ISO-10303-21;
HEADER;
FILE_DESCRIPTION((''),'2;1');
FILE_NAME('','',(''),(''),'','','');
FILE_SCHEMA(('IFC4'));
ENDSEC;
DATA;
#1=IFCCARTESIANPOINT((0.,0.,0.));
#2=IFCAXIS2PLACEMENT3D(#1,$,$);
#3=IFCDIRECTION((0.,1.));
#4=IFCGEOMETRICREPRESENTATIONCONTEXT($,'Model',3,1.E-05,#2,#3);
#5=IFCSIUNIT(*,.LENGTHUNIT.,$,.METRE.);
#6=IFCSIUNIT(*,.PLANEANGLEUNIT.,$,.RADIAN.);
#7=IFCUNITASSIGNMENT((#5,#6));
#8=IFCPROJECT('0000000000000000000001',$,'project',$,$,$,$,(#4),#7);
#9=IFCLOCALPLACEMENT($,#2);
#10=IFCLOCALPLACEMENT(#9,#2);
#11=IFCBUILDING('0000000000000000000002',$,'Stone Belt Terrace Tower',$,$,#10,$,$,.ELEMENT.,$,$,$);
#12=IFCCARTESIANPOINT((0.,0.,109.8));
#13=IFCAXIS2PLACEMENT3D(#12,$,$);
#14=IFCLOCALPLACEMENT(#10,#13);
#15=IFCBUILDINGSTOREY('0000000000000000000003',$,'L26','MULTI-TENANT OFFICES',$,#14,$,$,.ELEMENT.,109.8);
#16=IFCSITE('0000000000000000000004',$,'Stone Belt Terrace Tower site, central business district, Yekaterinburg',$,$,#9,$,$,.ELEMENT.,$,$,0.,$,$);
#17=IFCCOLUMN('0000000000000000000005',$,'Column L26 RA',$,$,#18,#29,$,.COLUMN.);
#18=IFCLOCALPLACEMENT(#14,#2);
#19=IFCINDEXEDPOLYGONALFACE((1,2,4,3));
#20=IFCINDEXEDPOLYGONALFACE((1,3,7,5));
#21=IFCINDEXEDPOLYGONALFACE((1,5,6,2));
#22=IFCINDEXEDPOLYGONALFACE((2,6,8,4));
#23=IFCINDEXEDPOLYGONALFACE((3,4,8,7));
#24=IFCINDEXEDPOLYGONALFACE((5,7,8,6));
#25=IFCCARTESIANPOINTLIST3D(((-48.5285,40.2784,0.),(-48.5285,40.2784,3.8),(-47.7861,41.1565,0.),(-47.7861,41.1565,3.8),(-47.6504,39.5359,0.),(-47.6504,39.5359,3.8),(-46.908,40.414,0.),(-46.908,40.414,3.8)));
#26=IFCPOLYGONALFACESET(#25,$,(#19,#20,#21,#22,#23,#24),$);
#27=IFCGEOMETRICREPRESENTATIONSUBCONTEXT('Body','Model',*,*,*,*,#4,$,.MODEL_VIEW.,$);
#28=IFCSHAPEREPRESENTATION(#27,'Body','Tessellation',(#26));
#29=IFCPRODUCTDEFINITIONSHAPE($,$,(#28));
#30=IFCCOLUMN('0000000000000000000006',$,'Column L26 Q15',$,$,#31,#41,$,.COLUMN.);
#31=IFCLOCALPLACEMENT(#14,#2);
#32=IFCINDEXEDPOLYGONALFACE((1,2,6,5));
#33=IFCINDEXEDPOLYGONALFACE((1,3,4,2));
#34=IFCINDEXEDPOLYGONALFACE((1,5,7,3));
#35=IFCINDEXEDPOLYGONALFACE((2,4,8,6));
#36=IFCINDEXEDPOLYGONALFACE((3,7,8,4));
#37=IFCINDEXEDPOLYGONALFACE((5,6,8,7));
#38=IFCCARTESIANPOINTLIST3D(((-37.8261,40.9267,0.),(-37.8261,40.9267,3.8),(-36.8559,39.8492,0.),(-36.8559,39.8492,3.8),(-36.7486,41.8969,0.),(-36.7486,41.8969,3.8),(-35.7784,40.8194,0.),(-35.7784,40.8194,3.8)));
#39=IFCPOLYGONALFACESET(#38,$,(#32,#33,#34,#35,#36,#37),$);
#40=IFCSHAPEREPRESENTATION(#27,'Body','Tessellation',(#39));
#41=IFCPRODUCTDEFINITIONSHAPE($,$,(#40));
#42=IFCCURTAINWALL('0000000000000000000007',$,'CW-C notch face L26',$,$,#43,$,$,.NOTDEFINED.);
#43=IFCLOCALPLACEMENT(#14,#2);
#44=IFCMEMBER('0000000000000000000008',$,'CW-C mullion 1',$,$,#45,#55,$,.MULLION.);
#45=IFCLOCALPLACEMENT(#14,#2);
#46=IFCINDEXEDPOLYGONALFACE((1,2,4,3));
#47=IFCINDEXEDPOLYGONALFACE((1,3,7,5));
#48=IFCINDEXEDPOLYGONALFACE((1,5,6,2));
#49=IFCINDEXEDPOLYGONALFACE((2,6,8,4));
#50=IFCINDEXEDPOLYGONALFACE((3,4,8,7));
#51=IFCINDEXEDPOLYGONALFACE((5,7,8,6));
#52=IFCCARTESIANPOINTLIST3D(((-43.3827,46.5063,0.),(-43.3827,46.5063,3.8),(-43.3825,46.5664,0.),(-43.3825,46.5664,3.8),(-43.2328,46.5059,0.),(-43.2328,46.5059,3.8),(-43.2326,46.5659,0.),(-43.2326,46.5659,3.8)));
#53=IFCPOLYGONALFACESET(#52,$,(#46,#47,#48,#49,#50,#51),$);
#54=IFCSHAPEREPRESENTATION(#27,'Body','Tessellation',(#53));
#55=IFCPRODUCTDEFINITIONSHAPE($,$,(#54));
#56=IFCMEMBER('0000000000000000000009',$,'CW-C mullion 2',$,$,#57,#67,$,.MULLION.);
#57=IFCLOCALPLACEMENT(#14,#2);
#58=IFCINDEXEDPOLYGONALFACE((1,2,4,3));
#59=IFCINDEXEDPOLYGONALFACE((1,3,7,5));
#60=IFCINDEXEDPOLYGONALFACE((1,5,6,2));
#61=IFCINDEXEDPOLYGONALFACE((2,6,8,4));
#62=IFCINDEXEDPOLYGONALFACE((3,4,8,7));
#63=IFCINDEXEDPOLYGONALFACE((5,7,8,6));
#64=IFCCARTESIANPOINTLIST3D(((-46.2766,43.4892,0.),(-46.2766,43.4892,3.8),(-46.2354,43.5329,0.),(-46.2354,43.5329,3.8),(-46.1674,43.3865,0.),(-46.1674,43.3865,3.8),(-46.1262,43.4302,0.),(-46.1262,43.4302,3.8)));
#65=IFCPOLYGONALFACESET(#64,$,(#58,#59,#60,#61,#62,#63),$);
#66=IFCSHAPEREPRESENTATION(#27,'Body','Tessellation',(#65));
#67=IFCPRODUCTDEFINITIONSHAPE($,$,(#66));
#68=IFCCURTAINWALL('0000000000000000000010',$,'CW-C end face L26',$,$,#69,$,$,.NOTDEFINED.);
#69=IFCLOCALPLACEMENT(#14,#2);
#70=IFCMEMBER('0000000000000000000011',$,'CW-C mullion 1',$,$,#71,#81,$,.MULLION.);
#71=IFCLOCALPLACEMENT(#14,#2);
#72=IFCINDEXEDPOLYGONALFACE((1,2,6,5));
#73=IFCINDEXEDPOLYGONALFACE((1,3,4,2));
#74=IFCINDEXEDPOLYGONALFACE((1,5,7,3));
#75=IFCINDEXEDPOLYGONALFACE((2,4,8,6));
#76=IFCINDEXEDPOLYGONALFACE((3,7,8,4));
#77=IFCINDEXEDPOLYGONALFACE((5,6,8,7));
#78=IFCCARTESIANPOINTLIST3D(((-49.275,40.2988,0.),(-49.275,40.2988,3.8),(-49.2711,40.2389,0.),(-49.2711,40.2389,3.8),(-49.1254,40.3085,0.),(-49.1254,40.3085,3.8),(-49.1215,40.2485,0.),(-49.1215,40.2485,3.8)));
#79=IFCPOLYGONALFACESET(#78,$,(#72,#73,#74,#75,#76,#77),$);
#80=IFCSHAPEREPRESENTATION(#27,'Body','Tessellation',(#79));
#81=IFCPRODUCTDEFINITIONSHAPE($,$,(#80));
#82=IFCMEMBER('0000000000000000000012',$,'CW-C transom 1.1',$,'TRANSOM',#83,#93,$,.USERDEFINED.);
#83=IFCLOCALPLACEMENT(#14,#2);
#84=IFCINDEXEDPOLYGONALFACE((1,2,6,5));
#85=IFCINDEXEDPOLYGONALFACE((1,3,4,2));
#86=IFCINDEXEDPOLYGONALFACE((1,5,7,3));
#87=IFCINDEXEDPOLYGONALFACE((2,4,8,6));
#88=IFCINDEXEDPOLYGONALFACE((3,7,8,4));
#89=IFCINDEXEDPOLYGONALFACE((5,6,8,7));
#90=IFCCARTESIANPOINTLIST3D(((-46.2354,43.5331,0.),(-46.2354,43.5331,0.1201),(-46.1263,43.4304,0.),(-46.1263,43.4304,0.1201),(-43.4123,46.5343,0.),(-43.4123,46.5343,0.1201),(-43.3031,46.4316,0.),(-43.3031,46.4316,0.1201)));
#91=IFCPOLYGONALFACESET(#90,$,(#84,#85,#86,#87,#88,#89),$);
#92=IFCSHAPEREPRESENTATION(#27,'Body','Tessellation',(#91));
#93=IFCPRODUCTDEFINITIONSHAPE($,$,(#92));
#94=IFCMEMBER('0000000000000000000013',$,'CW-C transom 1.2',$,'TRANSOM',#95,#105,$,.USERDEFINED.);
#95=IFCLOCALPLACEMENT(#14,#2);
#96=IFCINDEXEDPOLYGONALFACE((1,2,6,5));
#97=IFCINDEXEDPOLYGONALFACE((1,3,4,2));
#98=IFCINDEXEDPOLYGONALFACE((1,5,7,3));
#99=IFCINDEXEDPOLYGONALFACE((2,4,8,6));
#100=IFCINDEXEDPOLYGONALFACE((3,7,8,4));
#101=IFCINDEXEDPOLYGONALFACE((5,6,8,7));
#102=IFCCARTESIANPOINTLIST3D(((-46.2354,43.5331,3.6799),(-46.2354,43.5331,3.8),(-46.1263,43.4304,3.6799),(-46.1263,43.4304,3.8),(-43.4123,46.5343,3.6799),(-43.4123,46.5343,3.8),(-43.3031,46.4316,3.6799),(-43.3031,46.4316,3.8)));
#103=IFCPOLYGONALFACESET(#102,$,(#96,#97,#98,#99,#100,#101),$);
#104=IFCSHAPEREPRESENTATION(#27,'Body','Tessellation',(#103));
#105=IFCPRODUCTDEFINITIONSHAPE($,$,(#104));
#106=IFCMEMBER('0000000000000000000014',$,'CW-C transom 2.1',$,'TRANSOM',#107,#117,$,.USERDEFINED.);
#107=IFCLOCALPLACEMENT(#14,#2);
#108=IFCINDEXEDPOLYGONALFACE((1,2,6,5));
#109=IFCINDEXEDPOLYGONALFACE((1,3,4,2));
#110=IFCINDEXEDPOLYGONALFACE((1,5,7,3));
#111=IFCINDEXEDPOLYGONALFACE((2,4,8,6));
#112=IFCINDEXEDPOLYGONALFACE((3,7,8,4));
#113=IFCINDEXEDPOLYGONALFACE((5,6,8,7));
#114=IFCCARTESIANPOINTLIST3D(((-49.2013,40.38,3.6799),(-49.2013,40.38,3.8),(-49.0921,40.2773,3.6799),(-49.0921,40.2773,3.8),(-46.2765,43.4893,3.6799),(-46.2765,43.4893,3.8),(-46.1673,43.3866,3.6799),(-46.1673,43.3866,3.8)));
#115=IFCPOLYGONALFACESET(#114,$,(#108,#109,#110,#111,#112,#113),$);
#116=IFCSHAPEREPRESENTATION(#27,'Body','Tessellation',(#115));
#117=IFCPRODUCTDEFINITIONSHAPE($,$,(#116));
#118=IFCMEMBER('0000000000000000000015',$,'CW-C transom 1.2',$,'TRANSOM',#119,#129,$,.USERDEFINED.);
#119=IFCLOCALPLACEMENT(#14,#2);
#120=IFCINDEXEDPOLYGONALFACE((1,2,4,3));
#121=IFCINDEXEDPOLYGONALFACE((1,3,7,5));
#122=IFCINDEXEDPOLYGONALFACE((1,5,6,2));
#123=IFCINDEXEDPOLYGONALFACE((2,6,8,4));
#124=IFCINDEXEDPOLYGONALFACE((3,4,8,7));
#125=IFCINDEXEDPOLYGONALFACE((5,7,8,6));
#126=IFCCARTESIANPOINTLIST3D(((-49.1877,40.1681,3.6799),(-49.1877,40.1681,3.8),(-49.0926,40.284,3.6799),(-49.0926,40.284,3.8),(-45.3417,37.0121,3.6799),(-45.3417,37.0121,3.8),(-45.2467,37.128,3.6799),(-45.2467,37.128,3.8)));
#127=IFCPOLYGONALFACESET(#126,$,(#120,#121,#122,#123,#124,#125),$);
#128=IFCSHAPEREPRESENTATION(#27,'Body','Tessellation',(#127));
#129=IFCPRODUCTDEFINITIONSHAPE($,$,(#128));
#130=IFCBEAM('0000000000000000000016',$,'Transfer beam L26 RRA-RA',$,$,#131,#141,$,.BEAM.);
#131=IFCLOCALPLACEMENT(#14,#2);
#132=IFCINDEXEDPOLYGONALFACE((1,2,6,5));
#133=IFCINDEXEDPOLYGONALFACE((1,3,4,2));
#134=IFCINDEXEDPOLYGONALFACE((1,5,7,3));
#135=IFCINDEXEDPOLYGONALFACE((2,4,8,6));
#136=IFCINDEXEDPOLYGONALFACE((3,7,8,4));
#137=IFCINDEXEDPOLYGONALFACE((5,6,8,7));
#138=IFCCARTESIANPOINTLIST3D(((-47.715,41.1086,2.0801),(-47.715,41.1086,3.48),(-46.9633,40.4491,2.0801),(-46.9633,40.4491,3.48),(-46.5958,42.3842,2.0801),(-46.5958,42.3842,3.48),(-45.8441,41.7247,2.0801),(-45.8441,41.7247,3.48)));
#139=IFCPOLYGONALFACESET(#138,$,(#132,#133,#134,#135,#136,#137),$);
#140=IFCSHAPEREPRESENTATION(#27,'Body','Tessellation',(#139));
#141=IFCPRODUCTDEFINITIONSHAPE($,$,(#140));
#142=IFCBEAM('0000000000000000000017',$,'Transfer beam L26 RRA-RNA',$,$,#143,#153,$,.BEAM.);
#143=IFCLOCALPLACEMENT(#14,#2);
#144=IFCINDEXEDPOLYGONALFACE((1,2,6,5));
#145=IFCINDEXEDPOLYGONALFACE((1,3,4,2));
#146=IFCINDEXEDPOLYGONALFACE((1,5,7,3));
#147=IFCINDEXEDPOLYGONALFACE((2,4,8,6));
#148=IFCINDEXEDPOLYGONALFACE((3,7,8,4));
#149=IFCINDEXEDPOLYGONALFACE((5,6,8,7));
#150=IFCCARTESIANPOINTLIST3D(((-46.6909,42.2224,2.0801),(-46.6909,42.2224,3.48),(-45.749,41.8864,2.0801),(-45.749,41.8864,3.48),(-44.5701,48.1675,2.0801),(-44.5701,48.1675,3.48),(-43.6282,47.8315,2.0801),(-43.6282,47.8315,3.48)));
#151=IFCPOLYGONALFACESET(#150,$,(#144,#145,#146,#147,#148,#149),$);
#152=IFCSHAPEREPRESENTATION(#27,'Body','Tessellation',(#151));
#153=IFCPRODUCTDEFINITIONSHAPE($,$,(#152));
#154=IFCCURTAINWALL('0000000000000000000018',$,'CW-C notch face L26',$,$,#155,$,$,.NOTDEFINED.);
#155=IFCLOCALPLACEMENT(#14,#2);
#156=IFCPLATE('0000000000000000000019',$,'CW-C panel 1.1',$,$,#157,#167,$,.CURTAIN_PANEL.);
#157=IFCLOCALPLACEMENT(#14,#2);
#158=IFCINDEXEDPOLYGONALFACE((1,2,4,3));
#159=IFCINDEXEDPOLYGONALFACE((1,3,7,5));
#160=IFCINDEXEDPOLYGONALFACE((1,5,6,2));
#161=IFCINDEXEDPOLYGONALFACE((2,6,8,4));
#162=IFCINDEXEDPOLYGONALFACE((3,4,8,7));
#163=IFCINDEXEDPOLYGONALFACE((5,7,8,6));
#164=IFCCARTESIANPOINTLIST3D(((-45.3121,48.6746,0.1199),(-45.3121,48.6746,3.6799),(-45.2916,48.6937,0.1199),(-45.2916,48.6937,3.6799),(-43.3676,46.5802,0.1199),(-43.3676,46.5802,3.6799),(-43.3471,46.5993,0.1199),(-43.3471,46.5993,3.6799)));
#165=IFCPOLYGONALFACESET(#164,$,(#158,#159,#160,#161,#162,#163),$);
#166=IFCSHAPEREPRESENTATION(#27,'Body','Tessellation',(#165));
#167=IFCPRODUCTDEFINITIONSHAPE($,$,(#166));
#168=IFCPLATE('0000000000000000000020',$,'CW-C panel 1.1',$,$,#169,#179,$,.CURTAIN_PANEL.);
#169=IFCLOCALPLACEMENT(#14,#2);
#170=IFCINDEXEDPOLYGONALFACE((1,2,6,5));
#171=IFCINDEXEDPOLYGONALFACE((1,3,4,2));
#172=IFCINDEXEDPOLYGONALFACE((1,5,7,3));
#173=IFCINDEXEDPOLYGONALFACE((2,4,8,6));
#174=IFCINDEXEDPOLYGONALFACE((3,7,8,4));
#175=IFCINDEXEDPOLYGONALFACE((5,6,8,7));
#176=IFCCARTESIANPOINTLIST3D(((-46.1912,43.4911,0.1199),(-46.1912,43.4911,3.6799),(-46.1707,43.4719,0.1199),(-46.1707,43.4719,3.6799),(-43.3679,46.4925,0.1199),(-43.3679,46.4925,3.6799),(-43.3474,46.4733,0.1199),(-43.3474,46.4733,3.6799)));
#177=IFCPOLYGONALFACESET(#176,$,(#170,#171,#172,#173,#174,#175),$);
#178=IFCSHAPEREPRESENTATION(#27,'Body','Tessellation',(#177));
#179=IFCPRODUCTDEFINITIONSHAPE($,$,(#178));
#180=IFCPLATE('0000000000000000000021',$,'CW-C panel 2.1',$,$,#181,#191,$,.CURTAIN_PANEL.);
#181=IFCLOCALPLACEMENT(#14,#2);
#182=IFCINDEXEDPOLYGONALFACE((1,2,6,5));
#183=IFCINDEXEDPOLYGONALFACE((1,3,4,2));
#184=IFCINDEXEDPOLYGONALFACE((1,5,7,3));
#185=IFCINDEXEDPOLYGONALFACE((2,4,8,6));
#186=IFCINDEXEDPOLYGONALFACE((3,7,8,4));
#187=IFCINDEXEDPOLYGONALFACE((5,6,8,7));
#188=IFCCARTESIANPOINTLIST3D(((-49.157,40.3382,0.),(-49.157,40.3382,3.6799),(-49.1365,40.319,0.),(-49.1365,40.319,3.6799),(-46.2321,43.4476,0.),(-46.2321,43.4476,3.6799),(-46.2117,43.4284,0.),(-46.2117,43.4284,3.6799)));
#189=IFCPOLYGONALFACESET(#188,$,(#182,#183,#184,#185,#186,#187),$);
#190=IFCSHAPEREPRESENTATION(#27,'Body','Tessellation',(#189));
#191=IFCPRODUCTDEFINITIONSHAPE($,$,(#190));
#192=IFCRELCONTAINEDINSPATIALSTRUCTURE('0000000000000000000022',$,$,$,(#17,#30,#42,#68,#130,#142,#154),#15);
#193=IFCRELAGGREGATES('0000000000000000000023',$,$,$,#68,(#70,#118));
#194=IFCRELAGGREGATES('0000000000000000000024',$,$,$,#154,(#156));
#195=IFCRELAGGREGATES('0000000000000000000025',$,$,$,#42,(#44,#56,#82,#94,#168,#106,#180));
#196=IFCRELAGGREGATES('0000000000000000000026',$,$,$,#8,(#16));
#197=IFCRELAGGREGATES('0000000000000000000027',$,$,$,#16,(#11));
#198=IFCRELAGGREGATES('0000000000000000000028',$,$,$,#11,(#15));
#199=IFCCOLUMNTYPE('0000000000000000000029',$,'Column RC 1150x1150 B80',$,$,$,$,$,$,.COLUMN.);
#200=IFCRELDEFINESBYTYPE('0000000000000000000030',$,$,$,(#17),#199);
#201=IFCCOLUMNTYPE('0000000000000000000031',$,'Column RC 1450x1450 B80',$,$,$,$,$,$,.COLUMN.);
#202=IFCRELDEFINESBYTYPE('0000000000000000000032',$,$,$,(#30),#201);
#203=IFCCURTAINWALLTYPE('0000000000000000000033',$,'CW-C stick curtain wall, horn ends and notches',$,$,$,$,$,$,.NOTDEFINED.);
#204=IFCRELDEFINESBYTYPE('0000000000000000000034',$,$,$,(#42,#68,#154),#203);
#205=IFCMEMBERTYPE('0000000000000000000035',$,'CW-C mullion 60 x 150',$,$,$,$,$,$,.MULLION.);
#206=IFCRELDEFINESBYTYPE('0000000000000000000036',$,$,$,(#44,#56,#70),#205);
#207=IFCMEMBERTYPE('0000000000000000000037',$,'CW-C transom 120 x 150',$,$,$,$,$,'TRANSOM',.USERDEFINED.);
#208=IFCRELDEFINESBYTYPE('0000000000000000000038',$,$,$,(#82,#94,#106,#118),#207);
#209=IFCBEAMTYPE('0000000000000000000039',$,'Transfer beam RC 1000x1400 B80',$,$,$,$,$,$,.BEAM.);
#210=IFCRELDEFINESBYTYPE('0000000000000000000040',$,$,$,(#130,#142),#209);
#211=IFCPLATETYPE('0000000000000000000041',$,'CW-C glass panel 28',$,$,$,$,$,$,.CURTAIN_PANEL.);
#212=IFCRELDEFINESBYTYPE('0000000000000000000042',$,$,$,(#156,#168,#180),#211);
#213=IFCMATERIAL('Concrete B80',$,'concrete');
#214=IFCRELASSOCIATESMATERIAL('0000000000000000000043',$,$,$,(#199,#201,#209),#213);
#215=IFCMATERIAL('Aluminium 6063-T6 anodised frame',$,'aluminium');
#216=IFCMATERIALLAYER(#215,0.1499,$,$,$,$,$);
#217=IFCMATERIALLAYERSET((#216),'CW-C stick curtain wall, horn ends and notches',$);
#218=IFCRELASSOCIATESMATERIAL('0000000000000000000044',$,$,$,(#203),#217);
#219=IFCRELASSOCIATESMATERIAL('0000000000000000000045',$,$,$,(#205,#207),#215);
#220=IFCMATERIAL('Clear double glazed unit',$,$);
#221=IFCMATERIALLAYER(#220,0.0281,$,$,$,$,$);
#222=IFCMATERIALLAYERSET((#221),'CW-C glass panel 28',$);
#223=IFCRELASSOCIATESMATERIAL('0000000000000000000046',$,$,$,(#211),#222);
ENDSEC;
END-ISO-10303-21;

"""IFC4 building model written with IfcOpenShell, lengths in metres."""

from ifc_helpers import new_model, si_unit, direction, frame, origin, origin_2d, place, context, subcontext, project, spatial, rectangle, extrude, material, layer, layer_set, material_profile, profile_set, type_object, element, aggregate, save


model = new_model("IFC4")

# Units and contexts
model_context = context("Model", 3, precision=1e-05, world=origin(), true_north=direction((0.0, 1.0)))
body_context = subcontext(model_context, "Body", "Model", "MODEL_VIEW")
ifc_project = project(units=[si_unit("LENGTHUNIT", "METRE"), si_unit("PLANEANGLEUNIT", "RADIAN")], contexts=[model_context])

# Site, building, storey
site_placement = place(None, origin())
site = spatial("IfcSite", under=ifc_project, at=site_placement, Name="Stone Belt Terrace Tower site, central business district, Yekaterinburg", CompositionType="ELEMENT", RefElevation=0.0)
building_placement = place(site_placement, origin())
building = spatial("IfcBuilding", under=site, at=building_placement, Name="Stone Belt Terrace Tower", CompositionType="ELEMENT")
storey_placement = place(building_placement, frame((0.0, 0.0, 109.8)))
storey = spatial("IfcBuildingStorey", under=building, at=storey_placement, Name="L26", Description="MULTI-TENANT OFFICES", CompositionType="ELEMENT", Elevation=109.8)

# Columns
ifc_material_1 = material(Name="Concrete B80", Category="concrete")
ifc_material_profile_1 = material_profile(ifc_material_1, rectangle(XDim=1.1499, YDim=1.1499, at=origin_2d()), Name="RC 1150x1150")
ifc_profile_set_1 = profile_set([ifc_material_profile_1], Name="Concrete B80")
column_type_1 = type_object("IfcColumnType", Name="Column RC 1150x1150 B80", PredefinedType="COLUMN", material=ifc_profile_set_1)
column_1_placement = place(storey_placement, frame((-47.7183, 40.3462, 0.0), z_axis=(0.0, 0.0, 1.0), x_axis=(0.645656, 0.763628, 0.0)))
element("IfcColumn", 1, at=column_1_placement, inside=storey, type_object=column_type_1, Name="Column L26 RA", PredefinedType="COLUMN", context=body_context, shape_type="SweptSolid", body=[
    extrude(rectangle(XDim=1.1499, YDim=1.1499, at=origin_2d()), origin(), (0.0, 0.0, 1.0), 3.8),
])
ifc_material_profile_2 = material_profile(ifc_material_1, rectangle(XDim=1.45, YDim=1.45, at=origin_2d()), Name="RC 1450x1450")
ifc_profile_set_2 = profile_set([ifc_material_profile_2], Name="Concrete B80")
column_type_2 = type_object("IfcColumnType", Name="Column RC 1450x1450 B80", PredefinedType="COLUMN", material=ifc_profile_set_2)
column_2_placement = place(storey_placement, frame((-36.8022, 40.873, 0.0), z_axis=(0.0, 0.0, 1.0), x_axis=(0.743145, 0.669131, 0.0)))
element("IfcColumn", 2, at=column_2_placement, inside=storey, type_object=column_type_2, Name="Column L26 Q15", PredefinedType="COLUMN", context=body_context, shape_type="SweptSolid", body=[
    extrude(rectangle(XDim=1.45, YDim=1.45, at=origin_2d()), origin(), (0.0, 0.0, 1.0), 3.8),
])

# Curtain wall, members
ifc_material_2 = material(Name="Aluminium 6063-T6 anodised frame", Category="aluminium")
ifc_layer_1 = layer(ifc_material_2, 0.1499)
ifc_layer_set_1 = layer_set([ifc_layer_1], Name="CW-C stick curtain wall, horn ends and notches")
curtain_wall_type = type_object("IfcCurtainWallType", Name="CW-C stick curtain wall, horn ends and notches", PredefinedType="NOTDEFINED", material=ifc_layer_set_1)
curtain_wall_1_placement = place(storey_placement, origin())
curtain_wall_1 = element("IfcCurtainWall", 3, at=curtain_wall_1_placement, inside=storey, type_object=curtain_wall_type, Name="CW-C notch face L26", PredefinedType="NOTDEFINED")
ifc_material_profile_3 = material_profile(ifc_material_2, rectangle(XDim=0.1499, YDim=0.0601, at=origin_2d()), Name="Aluminium 6063-T6 60x150")
ifc_profile_set_3 = profile_set([ifc_material_profile_3], Name="Aluminium 6063-T6 anodised frame")
member_type_1 = type_object("IfcMemberType", Name="CW-C mullion 60 x 150", PredefinedType="MULLION", material=ifc_profile_set_3)
member_1_placement = place(storey_placement, frame((-43.3076, 46.5361, 0.0), z_axis=(0.0, 0.0, 1.0), x_axis=(0.999995, -0.003266, 0.0)))
member_1 = element("IfcMember", 4, at=member_1_placement, type_object=member_type_1, Name="CW-C mullion 1", PredefinedType="MULLION", context=body_context, shape_type="SweptSolid", body=[
    extrude(rectangle(XDim=0.1499, YDim=0.0601, at=origin_2d()), origin(), (0.0, 0.0, 1.0), 3.8),
])
member_2_placement = place(storey_placement, frame((-46.2014, 43.4597, 0.0), z_axis=(0.0, 0.0, 1.0), x_axis=(0.728389, -0.685164, 0.0)))
member_2 = element("IfcMember", 5, at=member_2_placement, type_object=member_type_1, Name="CW-C mullion 2", PredefinedType="MULLION", context=body_context, shape_type="SweptSolid", body=[
    extrude(rectangle(XDim=0.1499, YDim=0.0601, at=origin_2d()), origin(), (0.0, 0.0, 1.0), 3.8),
])

# Curtain wall, member
curtain_wall_2_placement = place(storey_placement, origin())
curtain_wall_2 = element("IfcCurtainWall", 6, at=curtain_wall_2_placement, inside=storey, type_object=curtain_wall_type, Name="CW-C end face L26", PredefinedType="NOTDEFINED")
member_3_placement = place(storey_placement, frame((-49.1982, 40.2737, 0.0), z_axis=(0.0, 0.0, 1.0), x_axis=(0.997927, 0.064359, 0.0)))
member_3 = element("IfcMember", 7, at=member_3_placement, type_object=member_type_1, Name="CW-C mullion 1", PredefinedType="MULLION", context=body_context, shape_type="SweptSolid", body=[
    extrude(rectangle(XDim=0.1499, YDim=0.0601, at=origin_2d()), origin(), (0.0, 0.0, 1.0), 3.8),
])

# Members
ifc_material_profile_4 = material_profile(ifc_material_2, rectangle(XDim=0.1499, YDim=0.1201, at=origin_2d()), Name="Aluminium 6063-T6 150x120")
ifc_profile_set_4 = profile_set([ifc_material_profile_4], Name="Aluminium 6063-T6 anodised frame")
member_type_2 = type_object("IfcMemberType", Name="CW-C transom 120 x 150", ElementType="TRANSOM", PredefinedType="USERDEFINED", material=ifc_profile_set_4)
member_4_placement = place(storey_placement, frame((-43.3577, 46.4829, 0.0601), z_axis=(-0.68518, -0.728374, 0.0), x_axis=(0.728374, -0.68518, 0.0)))
member_4 = element("IfcMember", 8, at=member_4_placement, type_object=member_type_2, Name="CW-C transom 1.1", ObjectType="TRANSOM", PredefinedType="USERDEFINED", context=body_context, shape_type="SweptSolid", body=[
    extrude(rectangle(XDim=0.1499, YDim=0.1201, at=origin_2d()), origin(), (0.0, 0.0, 1.0), 4.1204),
])
member_5_placement = place(storey_placement, frame((-43.3577, 46.4829, 3.74), z_axis=(-0.68518, -0.728374, 0.0), x_axis=(0.728374, -0.68518, 0.0)))
member_5 = element("IfcMember", 9, at=member_5_placement, type_object=member_type_2, Name="CW-C transom 1.2", ObjectType="TRANSOM", PredefinedType="USERDEFINED", context=body_context, shape_type="SweptSolid", body=[
    extrude(rectangle(XDim=0.1499, YDim=0.1201, at=origin_2d()), origin(), (0.0, 0.0, 1.0), 4.1204),
])
member_6_placement = place(storey_placement, frame((-46.2219, 43.438, 3.74), z_axis=(-0.685158, -0.728395, 0.0), x_axis=(0.728395, -0.685158, 0.0)))
member_6 = element("IfcMember", 10, at=member_6_placement, type_object=member_type_2, Name="CW-C transom 2.1", ObjectType="TRANSOM", PredefinedType="USERDEFINED", context=body_context, shape_type="SweptSolid", body=[
    extrude(rectangle(XDim=0.1499, YDim=0.1201, at=origin_2d()), origin(), (0.0, 0.0, 1.0), 4.2688),
])
member_7_placement = place(storey_placement, frame((-49.1401, 40.2261, 3.74), z_axis=(0.773038, -0.634359, 0.0), x_axis=(0.634359, 0.773038, 0.0)))
member_7 = element("IfcMember", 11, at=member_7_placement, type_object=member_type_2, Name="CW-C transom 1.2", ObjectType="TRANSOM", PredefinedType="USERDEFINED", context=body_context, shape_type="SweptSolid", body=[
    extrude(rectangle(XDim=0.1499, YDim=0.1201, at=origin_2d()), origin(), (0.0, 0.0, 1.0), 4.9751),
])
aggregate(curtain_wall_2, [member_3, member_7])

# Beams
ifc_material_profile_5 = material_profile(ifc_material_1, rectangle(XDim=1.0, YDim=1.3999, at=origin_2d()), Name="RC 1000x1400")
ifc_profile_set_5 = profile_set([ifc_material_profile_5], Name="Concrete B80")
beam_type = type_object("IfcBeamType", Name="Transfer beam RC 1000x1400 B80", PredefinedType="BEAM", material=ifc_profile_set_5)
beam_1_placement = place(storey_placement, frame((-47.3391, 40.7788, 2.78), z_axis=(0.659492, 0.751712, 0.0), x_axis=(-0.751712, 0.659492, 0.0)))
element("IfcBeam", 12, at=beam_1_placement, inside=storey, type_object=beam_type, Name="Transfer beam L26 RRA-RA", PredefinedType="BEAM", context=body_context, shape_type="SweptSolid", body=[
    extrude(rectangle(XDim=1.0, YDim=1.3999, at=origin_2d()), origin(), (0.0, 0.0, 1.0), 1.697),
])
beam_2_placement = place(storey_placement, frame((-46.22, 42.0544, 2.78), z_axis=(0.336001, 0.941862, 0.0), x_axis=(-0.941862, 0.336001, 0.0)))
element("IfcBeam", 13, at=beam_2_placement, inside=storey, type_object=beam_type, Name="Transfer beam L26 RRA-RNA", PredefinedType="BEAM", context=body_context, shape_type="SweptSolid", body=[
    extrude(rectangle(XDim=1.0, YDim=1.3999, at=origin_2d()), origin(), (0.0, 0.0, 1.0), 6.312),
])

# Curtain wall, plate
curtain_wall_3_placement = place(storey_placement, origin())
curtain_wall_3 = element("IfcCurtainWall", 14, at=curtain_wall_3_placement, inside=storey, type_object=curtain_wall_type, Name="CW-C notch face L26", PredefinedType="NOTDEFINED")
ifc_material_3 = material(Name="Clear double glazed unit")
ifc_layer_2 = layer(ifc_material_3, 0.0281)
ifc_layer_set_2 = layer_set([ifc_layer_2], Name="CW-C glass panel 28")
plate_type = type_object("IfcPlateType", Name="CW-C glass panel 28", PredefinedType="CURTAIN_PANEL", material=ifc_layer_set_2)
plate_1_placement = place(storey_placement, frame((-44.3296, 47.637, 0.1199), z_axis=(0.0, 0.0, 1.0), x_axis=(0.680392, -0.732848, 0.0)))
plate_1 = element("IfcPlate", 15, at=plate_1_placement, type_object=plate_type, Name="CW-C panel 1.1", PredefinedType="CURTAIN_PANEL", context=body_context, shape_type="SweptSolid", body=[
    extrude(rectangle(XDim=2.8579, YDim=0.0281, at=origin_2d()), origin(), (0.0, 0.0, 1.0), 3.5601),
])
aggregate(curtain_wall_3, [plate_1])

# Plates
plate_2_placement = place(storey_placement, frame((-44.7693, 44.9822, 0.1199), z_axis=(0.0, 0.0, 1.0), x_axis=(-0.685164, -0.728389, 0.0)))
plate_2 = element("IfcPlate", 16, at=plate_2_placement, type_object=plate_type, Name="CW-C panel 1.1", PredefinedType="CURTAIN_PANEL", context=body_context, shape_type="SweptSolid", body=[
    extrude(rectangle(XDim=4.1206, YDim=0.0281, at=origin_2d()), origin(), (0.0, 0.0, 1.0), 3.5601),
])
plate_3_placement = place(storey_placement, frame((-47.6843, 41.8833, 0.0), z_axis=(0.0, 0.0, 1.0), x_axis=(-0.685164, -0.728389, 0.0)))
plate_3 = element("IfcPlate", 17, at=plate_3_placement, type_object=plate_type, Name="CW-C panel 2.1", PredefinedType="CURTAIN_PANEL", context=body_context, shape_type="SweptSolid", body=[
    extrude(rectangle(XDim=4.2688, YDim=0.0281, at=origin_2d()), origin(), (0.0, 0.0, 1.0), 3.6799),
])
aggregate(curtain_wall_1, [member_1, member_2, member_4, member_5, plate_2, member_6, plate_3])

save(model, "model.ifc")
